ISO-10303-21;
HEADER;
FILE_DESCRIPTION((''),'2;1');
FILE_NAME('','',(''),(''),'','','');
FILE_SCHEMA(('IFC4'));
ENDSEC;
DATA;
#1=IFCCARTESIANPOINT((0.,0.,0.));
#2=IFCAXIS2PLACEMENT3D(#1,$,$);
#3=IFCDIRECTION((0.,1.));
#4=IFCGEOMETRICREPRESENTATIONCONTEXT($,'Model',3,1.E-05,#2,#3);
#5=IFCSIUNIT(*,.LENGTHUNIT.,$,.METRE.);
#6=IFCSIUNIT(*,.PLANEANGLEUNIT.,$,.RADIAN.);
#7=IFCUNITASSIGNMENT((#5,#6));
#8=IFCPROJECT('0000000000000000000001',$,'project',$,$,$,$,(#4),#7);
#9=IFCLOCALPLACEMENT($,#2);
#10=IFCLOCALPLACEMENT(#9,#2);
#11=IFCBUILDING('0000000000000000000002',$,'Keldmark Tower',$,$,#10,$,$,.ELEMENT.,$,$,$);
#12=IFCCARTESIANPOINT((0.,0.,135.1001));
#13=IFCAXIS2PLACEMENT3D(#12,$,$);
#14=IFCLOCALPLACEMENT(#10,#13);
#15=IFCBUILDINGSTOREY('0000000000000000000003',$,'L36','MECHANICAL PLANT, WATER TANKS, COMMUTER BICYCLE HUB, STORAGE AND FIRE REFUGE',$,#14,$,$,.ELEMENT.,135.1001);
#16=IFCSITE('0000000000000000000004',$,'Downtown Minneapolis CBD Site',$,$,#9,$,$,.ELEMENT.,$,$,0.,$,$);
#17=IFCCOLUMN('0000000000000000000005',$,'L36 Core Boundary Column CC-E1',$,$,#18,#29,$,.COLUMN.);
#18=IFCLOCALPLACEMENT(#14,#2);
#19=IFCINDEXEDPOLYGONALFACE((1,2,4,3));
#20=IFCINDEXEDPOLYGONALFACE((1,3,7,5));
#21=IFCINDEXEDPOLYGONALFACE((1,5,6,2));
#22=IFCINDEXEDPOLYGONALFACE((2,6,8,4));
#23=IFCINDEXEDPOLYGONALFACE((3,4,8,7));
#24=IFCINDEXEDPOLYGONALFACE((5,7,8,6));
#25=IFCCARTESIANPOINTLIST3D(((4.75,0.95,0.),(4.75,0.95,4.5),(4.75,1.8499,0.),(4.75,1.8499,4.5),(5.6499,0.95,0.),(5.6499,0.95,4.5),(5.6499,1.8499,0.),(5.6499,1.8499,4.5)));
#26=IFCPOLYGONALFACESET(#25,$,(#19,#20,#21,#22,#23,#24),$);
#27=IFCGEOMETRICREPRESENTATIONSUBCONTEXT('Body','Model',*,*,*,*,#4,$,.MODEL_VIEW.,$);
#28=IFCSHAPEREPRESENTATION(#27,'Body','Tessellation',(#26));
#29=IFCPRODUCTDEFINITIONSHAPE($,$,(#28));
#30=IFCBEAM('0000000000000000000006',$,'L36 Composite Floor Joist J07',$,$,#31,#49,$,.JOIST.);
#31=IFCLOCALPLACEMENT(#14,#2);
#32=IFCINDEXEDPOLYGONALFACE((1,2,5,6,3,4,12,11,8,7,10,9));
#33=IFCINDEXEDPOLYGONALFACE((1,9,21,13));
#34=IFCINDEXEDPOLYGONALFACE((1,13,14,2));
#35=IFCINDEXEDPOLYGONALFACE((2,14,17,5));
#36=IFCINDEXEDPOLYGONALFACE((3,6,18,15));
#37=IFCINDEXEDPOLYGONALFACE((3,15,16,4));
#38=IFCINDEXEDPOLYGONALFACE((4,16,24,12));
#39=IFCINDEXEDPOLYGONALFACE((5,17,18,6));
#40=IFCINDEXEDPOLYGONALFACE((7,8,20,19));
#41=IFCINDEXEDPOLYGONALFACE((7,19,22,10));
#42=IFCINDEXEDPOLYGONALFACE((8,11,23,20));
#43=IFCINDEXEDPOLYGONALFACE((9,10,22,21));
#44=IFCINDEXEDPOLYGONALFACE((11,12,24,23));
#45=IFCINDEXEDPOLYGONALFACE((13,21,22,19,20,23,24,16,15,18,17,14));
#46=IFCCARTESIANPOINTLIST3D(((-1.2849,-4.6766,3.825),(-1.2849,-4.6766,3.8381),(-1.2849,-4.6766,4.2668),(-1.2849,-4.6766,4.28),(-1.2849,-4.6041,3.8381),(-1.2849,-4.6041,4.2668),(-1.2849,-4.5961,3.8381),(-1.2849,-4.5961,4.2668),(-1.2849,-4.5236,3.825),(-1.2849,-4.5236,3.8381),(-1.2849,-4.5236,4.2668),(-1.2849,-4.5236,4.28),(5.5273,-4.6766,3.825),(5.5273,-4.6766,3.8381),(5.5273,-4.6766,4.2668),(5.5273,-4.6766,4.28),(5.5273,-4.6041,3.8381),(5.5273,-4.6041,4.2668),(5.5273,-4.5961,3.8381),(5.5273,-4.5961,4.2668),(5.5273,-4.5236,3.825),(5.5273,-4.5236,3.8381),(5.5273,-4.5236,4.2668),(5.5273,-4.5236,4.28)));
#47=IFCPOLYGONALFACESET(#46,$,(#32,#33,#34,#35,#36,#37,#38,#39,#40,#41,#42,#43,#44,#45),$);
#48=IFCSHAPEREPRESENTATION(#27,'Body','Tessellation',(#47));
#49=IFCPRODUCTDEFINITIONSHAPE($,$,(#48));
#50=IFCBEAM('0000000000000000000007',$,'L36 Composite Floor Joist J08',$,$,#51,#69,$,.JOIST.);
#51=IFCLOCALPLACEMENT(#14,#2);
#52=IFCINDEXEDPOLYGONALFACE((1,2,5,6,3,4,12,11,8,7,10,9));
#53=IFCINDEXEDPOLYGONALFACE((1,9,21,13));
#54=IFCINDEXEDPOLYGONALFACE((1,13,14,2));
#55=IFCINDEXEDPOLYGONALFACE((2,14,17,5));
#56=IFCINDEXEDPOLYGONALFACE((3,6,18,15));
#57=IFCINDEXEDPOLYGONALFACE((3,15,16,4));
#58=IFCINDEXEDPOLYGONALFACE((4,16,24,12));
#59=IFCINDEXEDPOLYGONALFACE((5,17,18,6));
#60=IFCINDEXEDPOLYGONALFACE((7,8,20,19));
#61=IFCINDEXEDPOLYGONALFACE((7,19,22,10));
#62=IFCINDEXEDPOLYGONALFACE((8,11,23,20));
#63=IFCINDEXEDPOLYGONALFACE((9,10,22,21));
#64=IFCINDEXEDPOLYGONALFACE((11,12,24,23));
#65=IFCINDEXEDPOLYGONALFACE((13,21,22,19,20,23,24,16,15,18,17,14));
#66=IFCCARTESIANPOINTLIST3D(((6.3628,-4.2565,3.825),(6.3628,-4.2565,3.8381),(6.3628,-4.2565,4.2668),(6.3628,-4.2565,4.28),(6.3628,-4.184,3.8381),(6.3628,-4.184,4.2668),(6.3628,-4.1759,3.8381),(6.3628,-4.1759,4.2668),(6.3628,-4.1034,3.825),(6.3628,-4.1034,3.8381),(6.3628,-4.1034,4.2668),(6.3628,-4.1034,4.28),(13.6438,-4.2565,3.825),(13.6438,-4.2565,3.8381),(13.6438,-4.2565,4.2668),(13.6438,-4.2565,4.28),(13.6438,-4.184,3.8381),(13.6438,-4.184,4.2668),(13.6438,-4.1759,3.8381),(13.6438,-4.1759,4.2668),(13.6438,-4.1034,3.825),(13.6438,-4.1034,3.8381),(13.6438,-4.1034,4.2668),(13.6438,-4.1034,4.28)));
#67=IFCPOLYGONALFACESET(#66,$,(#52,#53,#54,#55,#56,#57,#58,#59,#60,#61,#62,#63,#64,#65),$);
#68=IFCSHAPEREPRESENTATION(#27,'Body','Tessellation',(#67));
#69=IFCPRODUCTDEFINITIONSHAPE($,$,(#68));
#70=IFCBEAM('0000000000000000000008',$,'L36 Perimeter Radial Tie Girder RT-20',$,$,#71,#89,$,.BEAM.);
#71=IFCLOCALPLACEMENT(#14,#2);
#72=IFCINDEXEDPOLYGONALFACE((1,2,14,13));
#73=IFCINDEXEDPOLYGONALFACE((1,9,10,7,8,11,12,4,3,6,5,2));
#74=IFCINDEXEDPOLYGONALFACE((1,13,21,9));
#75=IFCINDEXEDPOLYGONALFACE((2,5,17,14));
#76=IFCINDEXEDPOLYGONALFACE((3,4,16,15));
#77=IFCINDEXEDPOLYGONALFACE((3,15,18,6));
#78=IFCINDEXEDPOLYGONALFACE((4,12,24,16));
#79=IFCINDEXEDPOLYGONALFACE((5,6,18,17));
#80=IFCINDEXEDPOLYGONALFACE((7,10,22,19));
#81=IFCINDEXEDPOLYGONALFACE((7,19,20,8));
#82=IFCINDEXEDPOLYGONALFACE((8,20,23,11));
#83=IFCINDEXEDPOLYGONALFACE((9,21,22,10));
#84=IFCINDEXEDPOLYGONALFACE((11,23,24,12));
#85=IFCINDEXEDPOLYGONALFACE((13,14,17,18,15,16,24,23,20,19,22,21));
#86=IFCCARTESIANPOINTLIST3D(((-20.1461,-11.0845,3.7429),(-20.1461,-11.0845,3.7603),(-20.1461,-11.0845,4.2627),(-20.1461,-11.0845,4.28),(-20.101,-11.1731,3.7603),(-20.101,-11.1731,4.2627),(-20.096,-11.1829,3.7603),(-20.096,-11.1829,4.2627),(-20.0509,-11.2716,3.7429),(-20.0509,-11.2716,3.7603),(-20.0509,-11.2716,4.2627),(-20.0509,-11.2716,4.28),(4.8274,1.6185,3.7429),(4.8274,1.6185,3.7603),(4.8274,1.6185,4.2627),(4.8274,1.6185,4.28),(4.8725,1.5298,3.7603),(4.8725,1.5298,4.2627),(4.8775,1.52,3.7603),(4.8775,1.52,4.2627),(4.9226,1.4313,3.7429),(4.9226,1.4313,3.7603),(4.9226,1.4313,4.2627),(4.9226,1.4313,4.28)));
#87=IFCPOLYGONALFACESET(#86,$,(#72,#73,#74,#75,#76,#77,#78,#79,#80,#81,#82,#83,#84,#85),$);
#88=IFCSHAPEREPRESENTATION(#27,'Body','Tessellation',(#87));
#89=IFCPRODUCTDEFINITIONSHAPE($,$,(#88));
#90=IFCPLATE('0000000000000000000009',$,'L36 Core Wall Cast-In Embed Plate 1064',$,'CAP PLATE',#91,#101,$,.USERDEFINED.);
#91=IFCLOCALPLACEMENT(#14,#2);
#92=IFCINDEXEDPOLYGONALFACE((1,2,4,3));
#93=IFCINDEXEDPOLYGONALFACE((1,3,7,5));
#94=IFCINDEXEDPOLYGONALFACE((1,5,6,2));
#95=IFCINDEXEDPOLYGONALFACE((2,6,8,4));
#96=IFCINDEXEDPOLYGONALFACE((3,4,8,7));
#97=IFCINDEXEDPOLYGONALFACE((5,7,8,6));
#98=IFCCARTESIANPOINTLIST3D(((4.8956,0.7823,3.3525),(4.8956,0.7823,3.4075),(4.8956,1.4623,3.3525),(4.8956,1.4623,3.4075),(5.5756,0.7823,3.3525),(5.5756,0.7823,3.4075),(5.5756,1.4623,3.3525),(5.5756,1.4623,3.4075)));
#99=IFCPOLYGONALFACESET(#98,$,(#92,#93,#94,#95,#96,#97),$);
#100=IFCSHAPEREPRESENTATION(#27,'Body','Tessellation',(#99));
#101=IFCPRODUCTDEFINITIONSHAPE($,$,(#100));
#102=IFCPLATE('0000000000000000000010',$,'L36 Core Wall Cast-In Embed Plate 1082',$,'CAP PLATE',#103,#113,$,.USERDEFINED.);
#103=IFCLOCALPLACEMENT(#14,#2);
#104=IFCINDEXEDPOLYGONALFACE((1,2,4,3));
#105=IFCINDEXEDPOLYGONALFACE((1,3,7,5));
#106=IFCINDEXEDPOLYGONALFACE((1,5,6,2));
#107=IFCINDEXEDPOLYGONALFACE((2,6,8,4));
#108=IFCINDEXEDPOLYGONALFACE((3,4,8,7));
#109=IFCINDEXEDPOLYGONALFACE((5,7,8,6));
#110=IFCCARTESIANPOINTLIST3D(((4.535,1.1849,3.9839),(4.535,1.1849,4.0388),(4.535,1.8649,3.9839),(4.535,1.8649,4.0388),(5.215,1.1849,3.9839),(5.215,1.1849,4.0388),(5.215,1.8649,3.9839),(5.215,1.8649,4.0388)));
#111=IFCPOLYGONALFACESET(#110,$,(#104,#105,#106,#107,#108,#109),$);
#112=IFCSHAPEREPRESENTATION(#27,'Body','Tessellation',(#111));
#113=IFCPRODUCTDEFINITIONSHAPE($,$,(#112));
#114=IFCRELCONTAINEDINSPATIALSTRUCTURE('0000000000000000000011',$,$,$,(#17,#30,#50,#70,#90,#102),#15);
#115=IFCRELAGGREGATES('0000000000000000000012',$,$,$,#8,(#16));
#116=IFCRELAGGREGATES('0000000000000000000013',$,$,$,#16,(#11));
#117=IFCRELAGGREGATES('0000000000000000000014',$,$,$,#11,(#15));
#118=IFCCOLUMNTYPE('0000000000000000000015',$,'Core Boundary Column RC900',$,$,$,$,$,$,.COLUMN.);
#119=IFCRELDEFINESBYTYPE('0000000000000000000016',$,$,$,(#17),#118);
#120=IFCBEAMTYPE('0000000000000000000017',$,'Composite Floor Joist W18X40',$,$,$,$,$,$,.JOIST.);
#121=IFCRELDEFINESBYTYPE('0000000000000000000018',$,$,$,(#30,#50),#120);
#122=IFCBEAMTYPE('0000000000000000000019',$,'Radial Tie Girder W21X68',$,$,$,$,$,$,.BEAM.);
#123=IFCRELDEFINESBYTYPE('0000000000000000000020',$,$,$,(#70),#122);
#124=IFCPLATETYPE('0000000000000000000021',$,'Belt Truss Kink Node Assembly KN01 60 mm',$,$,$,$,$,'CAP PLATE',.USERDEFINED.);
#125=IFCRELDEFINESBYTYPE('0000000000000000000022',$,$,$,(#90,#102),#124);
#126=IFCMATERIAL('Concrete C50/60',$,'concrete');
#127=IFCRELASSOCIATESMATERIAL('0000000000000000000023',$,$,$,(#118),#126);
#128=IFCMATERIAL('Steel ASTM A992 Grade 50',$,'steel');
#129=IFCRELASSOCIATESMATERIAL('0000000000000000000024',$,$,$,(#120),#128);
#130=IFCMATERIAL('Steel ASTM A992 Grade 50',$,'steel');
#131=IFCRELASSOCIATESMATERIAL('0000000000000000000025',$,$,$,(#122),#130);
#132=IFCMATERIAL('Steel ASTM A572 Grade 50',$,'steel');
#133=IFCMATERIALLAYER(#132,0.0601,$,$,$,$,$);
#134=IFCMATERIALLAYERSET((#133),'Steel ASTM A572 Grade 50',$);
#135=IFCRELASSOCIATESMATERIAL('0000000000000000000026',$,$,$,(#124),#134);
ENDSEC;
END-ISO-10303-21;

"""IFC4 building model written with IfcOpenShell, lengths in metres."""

from ifc_helpers import new_model, si_unit, direction, frame, origin, origin_2d, place, context, subcontext, project, spatial, rectangle, i_section, extrude, material, layer, layer_set, material_profile, profile_set, type_object, element, save


model = new_model("IFC4")

# Units and contexts
model_context = context("Model", 3, precision=1e-05, world=origin(), true_north=direction((0.0, 1.0)))
body_context = subcontext(model_context, "Body", "Model", "MODEL_VIEW")
ifc_project = project(units=[si_unit("LENGTHUNIT", "METRE"), si_unit("PLANEANGLEUNIT", "RADIAN")], contexts=[model_context])

# Site, building, storey
site_placement = place(None, origin())
site = spatial("IfcSite", under=ifc_project, at=site_placement, Name="Downtown Minneapolis CBD Site", CompositionType="ELEMENT", RefElevation=0.0)
building_placement = place(site_placement, origin())
building = spatial("IfcBuilding", under=site, at=building_placement, Name="Keldmark Tower", CompositionType="ELEMENT")
storey_placement = place(building_placement, frame((0.0, 0.0, 135.1001)))
storey = spatial("IfcBuildingStorey", under=building, at=storey_placement, Name="L36", Description="MECHANICAL PLANT, WATER TANKS, COMMUTER BICYCLE HUB, STORAGE AND FIRE REFUGE", CompositionType="ELEMENT", Elevation=135.1001)

# Column
ifc_material_1 = material(Name="Concrete C50/60", Category="concrete")
ifc_material_profile_1 = material_profile(ifc_material_1, rectangle(XDim=0.8999, YDim=0.8999, at=origin_2d()), Name="RC900X900")
ifc_profile_set_1 = profile_set([ifc_material_profile_1], Name="Concrete C50/60")
column_type = type_object("IfcColumnType", Name="Core Boundary Column RC900", PredefinedType="COLUMN", material=ifc_profile_set_1)
column_placement = place(storey_placement, frame((5.2, 1.3999, 0.0), z_axis=(0.0, 0.0, 1.0), x_axis=(1.0, 0.0, 0.0)))
element("IfcColumn", 1, at=column_placement, inside=storey, type_object=column_type, Name="L36 Core Boundary Column CC-E1", PredefinedType="COLUMN", context=body_context, shape_type="SweptSolid", body=[
    extrude(rectangle(XDim=0.8999, YDim=0.8999, at=origin_2d()), origin(), (0.0, 0.0, 1.0), 4.5),
])

# Beams
ifc_material_2 = material(Name="Steel ASTM A992 Grade 50", Category="steel")
ifc_material_profile_2 = material_profile(ifc_material_2, i_section(OverallWidth=0.1531, OverallDepth=0.4551, WebThickness=0.0081, FlangeThickness=0.0132, at=origin_2d()), Name="W18X40")
ifc_profile_set_2 = profile_set([ifc_material_profile_2], Name="Steel ASTM A992 Grade 50")
beam_type_1 = type_object("IfcBeamType", Name="Composite Floor Joist W18X40", PredefinedType="JOIST", material=ifc_profile_set_2)
beam_1_placement = place(storey_placement, frame((-1.2849, -4.6001, 4.0525), z_axis=(1.0, 0.0, 0.0), x_axis=(0.0, 1.0, 0.0)))
element("IfcBeam", 2, at=beam_1_placement, inside=storey, type_object=beam_type_1, Name="L36 Composite Floor Joist J07", PredefinedType="JOIST", context=body_context, shape_type="SweptSolid", body=[
    extrude(i_section(OverallWidth=0.1531, OverallDepth=0.4551, WebThickness=0.0081, FlangeThickness=0.0132, at=origin_2d()), origin(), (0.0, 0.0, 1.0), 6.8123),
])
beam_2_placement = place(storey_placement, frame((6.3628, -4.1799, 4.0525), z_axis=(1.0, 0.0, 0.0), x_axis=(0.0, 1.0, 0.0)))
element("IfcBeam", 3, at=beam_2_placement, inside=storey, type_object=beam_type_1, Name="L36 Composite Floor Joist J08", PredefinedType="JOIST", context=body_context, shape_type="SweptSolid", body=[
    extrude(i_section(OverallWidth=0.1531, OverallDepth=0.4551, WebThickness=0.0081, FlangeThickness=0.0132, at=origin_2d()), origin(), (0.0, 0.0, 1.0), 7.281),
])
ifc_material_3 = material(Name="Steel ASTM A992 Grade 50", Category="steel")
ifc_material_profile_3 = material_profile(ifc_material_3, i_section(OverallWidth=0.21, OverallDepth=0.5371, WebThickness=0.011, FlangeThickness=0.0173, at=origin_2d()), Name="W21X68")
ifc_profile_set_3 = profile_set([ifc_material_profile_3], Name="Steel ASTM A992 Grade 50")
beam_type_2 = type_object("IfcBeamType", Name="Radial Tie Girder W21X68", PredefinedType="BEAM", material=ifc_profile_set_3)
beam_3_placement = place(storey_placement, frame((4.875, 1.5249, 4.0115), z_axis=(-0.89132, -0.453376, 0.0), x_axis=(0.453376, -0.89132, 0.0)))
element("IfcBeam", 4, at=beam_3_placement, inside=storey, type_object=beam_type_2, Name="L36 Perimeter Radial Tie Girder RT-20", PredefinedType="BEAM", context=body_context, shape_type="SweptSolid", body=[
    extrude(i_section(OverallWidth=0.21, OverallDepth=0.5371, WebThickness=0.011, FlangeThickness=0.0173, at=origin_2d()), origin(), (0.0, 0.0, 1.0), 28.0186),
])

# Plates
ifc_material_4 = material(Name="Steel ASTM A572 Grade 50", Category="steel")
ifc_layer_1 = layer(ifc_material_4, 0.0601)
ifc_layer_set_1 = layer_set([ifc_layer_1], Name="Steel ASTM A572 Grade 50")
plate_type = type_object("IfcPlateType", Name="Belt Truss Kink Node Assembly KN01 60 mm", ElementType="CAP PLATE", PredefinedType="USERDEFINED", material=ifc_layer_set_1)
for number, where, z_axis, x_axis, name in (
    (5, (5.2356, 1.1223, 3.3525), (0.0, 0.0, 1.0), (1.0, 0.0, 0.0), "L36 Core Wall Cast-In Embed Plate 1064"),
    (6, (4.875, 1.5249, 3.9839), (0.0, 0.0, 1.0), (1.0, 0.0, 0.0), "L36 Core Wall Cast-In Embed Plate 1082"),
):
    element("IfcPlate", number, at=place(storey_placement, frame(where, z_axis=z_axis, x_axis=x_axis)), inside=storey, type_object=plate_type, Name=name, ObjectType="CAP PLATE", PredefinedType="USERDEFINED", context=body_context, shape_type="SweptSolid", body=[
        extrude(rectangle(XDim=0.6799, YDim=0.6799, at=origin_2d()), origin(), (0.0, 0.0, 1.0), 0.0549),
    ])

save(model, "model.ifc")
